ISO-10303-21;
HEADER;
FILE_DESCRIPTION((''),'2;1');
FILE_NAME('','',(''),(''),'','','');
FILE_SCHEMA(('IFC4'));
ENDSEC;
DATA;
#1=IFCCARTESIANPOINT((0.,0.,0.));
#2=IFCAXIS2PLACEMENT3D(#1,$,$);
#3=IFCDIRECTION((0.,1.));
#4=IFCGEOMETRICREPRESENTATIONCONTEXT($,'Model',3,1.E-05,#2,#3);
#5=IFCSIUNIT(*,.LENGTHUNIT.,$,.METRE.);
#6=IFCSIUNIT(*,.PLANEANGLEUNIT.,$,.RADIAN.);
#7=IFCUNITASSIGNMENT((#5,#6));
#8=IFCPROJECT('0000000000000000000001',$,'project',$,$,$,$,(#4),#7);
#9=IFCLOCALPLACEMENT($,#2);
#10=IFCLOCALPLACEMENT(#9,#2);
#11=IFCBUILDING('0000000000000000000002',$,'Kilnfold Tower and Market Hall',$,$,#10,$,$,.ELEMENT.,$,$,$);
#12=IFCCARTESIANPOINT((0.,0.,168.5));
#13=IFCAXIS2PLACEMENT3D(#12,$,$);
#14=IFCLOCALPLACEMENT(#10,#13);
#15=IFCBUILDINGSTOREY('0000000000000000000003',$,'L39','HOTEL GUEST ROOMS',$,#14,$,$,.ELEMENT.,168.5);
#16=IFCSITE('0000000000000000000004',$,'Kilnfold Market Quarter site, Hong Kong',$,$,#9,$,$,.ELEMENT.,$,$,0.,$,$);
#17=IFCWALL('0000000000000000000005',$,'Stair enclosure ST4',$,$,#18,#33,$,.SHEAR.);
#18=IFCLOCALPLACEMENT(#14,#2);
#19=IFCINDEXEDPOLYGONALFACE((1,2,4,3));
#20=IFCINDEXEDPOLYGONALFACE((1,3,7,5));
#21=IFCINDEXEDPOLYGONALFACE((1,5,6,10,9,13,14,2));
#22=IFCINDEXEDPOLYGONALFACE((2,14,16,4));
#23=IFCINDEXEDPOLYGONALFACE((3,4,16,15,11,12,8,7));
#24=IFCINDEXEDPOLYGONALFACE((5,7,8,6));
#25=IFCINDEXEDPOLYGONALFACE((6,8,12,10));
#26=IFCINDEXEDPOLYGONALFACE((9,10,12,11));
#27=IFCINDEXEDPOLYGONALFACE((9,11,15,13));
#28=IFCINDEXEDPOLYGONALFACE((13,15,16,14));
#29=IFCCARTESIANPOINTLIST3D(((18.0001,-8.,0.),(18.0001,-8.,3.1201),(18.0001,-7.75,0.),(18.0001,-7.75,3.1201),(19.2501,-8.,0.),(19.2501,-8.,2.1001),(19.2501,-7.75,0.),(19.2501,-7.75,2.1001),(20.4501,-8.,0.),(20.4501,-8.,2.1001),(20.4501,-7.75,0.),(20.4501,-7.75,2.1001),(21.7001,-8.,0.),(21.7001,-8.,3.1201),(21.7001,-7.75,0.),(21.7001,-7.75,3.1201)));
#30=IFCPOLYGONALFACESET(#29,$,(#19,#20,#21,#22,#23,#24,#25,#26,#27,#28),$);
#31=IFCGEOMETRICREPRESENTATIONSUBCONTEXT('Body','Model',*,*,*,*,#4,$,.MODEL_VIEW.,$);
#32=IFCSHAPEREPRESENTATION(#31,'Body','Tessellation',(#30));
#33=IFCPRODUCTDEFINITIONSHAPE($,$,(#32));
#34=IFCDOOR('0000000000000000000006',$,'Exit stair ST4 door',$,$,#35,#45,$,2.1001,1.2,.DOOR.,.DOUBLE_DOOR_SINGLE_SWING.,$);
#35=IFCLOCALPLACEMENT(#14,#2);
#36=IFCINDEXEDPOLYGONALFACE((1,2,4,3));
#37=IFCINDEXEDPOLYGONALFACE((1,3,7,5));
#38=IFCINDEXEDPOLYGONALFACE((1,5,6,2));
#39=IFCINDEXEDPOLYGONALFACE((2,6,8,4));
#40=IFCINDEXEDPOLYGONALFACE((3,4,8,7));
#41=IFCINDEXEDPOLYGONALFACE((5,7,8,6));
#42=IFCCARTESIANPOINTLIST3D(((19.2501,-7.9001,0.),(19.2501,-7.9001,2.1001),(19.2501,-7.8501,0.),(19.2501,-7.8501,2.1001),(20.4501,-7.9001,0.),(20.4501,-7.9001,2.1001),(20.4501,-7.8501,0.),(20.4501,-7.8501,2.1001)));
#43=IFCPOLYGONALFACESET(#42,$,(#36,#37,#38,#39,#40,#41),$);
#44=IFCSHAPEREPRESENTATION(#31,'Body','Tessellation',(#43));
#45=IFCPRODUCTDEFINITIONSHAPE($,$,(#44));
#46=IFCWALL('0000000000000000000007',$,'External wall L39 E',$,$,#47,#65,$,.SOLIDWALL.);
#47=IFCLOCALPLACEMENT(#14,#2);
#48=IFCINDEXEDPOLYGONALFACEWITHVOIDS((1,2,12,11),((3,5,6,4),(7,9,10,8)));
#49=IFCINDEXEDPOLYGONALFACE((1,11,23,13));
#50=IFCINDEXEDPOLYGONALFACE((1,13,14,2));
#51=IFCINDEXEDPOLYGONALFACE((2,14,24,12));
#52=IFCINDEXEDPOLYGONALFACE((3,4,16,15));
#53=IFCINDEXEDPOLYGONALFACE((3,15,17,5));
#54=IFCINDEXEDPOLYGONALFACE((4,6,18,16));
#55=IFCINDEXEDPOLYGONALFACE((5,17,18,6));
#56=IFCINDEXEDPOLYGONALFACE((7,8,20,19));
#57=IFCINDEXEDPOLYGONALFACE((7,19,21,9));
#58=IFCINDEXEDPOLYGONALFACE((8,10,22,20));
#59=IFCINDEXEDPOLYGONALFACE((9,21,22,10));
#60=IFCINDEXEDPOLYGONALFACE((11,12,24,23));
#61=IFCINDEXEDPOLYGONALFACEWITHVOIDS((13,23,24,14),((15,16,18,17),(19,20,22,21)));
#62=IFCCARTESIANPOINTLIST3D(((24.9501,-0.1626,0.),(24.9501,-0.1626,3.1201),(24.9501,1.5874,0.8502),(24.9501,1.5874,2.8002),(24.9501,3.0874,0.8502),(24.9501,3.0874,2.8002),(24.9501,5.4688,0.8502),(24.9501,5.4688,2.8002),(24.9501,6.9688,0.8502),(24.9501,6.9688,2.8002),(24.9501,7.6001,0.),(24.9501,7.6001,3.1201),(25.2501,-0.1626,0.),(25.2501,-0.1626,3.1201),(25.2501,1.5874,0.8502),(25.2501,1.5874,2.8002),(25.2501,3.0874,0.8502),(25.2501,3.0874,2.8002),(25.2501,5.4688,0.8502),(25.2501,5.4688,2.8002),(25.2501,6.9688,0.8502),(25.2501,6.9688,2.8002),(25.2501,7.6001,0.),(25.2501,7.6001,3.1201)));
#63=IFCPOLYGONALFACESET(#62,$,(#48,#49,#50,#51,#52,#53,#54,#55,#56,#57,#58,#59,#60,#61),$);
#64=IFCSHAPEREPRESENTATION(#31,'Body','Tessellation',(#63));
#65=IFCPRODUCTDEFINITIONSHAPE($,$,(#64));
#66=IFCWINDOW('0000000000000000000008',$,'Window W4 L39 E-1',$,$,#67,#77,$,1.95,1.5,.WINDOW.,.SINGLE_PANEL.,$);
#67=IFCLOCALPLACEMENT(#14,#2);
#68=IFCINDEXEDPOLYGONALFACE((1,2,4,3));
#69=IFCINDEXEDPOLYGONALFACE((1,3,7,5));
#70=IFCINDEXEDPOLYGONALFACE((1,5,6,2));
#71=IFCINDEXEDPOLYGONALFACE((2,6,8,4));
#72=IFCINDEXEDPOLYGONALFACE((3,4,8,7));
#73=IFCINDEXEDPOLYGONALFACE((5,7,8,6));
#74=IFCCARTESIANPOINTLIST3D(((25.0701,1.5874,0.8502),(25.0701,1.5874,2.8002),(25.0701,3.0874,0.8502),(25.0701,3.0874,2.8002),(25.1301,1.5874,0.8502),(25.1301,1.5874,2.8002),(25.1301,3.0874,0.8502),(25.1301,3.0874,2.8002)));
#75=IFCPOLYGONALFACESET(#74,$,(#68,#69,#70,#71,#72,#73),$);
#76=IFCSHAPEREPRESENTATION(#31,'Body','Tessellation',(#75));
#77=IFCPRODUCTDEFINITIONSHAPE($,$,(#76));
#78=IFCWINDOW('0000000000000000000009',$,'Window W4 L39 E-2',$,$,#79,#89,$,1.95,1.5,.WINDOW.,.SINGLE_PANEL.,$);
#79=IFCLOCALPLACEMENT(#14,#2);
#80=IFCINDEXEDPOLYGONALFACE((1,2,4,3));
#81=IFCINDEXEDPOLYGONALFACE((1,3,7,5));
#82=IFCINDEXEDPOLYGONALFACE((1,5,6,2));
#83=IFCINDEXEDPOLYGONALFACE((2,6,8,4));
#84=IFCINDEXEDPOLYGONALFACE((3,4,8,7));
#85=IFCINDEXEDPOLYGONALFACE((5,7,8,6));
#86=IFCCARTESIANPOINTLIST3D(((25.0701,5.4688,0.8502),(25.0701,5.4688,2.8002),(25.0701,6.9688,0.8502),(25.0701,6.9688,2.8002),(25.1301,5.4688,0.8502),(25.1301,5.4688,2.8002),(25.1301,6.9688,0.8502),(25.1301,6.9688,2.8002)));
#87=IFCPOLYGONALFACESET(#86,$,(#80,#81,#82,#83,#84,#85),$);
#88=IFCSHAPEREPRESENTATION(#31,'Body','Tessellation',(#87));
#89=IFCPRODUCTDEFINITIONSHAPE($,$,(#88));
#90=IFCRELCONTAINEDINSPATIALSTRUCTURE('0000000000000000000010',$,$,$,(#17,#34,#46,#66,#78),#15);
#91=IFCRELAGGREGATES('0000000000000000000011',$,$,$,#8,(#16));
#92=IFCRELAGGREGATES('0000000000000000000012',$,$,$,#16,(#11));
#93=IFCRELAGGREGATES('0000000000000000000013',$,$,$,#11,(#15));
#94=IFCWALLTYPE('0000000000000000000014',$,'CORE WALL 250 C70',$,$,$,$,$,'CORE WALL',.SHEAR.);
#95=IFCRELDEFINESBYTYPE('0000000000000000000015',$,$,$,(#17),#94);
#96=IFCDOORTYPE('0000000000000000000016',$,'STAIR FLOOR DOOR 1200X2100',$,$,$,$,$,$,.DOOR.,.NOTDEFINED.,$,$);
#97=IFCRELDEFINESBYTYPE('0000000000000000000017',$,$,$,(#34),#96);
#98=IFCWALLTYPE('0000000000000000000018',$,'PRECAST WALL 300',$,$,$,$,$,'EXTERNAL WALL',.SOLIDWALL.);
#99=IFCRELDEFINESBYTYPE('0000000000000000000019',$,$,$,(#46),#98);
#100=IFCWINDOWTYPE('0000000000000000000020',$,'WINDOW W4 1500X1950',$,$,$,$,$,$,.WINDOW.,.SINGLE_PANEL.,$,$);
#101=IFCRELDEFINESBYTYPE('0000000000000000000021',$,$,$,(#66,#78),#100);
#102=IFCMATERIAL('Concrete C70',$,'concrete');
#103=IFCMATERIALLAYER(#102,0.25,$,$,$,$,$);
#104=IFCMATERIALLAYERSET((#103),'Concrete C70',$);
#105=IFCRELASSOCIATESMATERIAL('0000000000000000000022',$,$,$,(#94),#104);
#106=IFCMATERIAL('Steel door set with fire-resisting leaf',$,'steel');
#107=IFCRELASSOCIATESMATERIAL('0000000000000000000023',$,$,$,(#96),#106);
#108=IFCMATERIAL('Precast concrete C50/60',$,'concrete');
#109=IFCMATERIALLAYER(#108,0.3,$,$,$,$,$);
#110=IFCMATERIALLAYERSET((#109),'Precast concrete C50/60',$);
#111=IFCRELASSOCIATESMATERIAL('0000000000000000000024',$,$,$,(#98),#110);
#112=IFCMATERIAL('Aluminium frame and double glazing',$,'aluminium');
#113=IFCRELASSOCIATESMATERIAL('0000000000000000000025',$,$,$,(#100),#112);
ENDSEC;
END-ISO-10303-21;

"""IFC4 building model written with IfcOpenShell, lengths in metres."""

from ifc_helpers import new_model, si_unit, direction, frame, frame_2d, origin, place, context, subcontext, project, spatial, rectangle, extrude, source, transform, mapped, material, layer, layer_set, type_object, element, fill, save


model = new_model("IFC4")

# Units and contexts
model_context = context("Model", 3, precision=1e-05, world=origin(), true_north=direction((0.0, 1.0)))
body_context = subcontext(model_context, "Body", "Model", "MODEL_VIEW")
ifc_project = project(units=[si_unit("LENGTHUNIT", "METRE"), si_unit("PLANEANGLEUNIT", "RADIAN")], contexts=[model_context])

# Site, building, storey
site_placement = place(None, origin())
site = spatial("IfcSite", under=ifc_project, at=site_placement, Name="Kilnfold Market Quarter site, Hong Kong", CompositionType="ELEMENT", RefElevation=0.0)
building_placement = place(site_placement, origin())
building = spatial("IfcBuilding", under=site, at=building_placement, Name="Kilnfold Tower and Market Hall", CompositionType="ELEMENT")
storey_placement = place(building_placement, frame((0.0, 0.0, 168.5)))
storey = spatial("IfcBuildingStorey", under=building, at=storey_placement, Name="L39", Description="HOTEL GUEST ROOMS", CompositionType="ELEMENT", Elevation=168.5)

# Wall, opening, door
ifc_material_1 = material(Name="Concrete C70", Category="concrete")
ifc_layer_1 = layer(ifc_material_1, 0.25)
ifc_layer_set_1 = layer_set([ifc_layer_1], Name="Concrete C70")
wall_type_1 = type_object("IfcWallType", Name="CORE WALL 250 C70", ElementType="CORE WALL", PredefinedType="SHEAR", material=ifc_layer_set_1)
shared_shape_1 = source(origin(), body_context, "Body", "SweptSolid", [
    extrude(rectangle(XDim=3.7, YDim=0.25, at=frame_2d((1.8501, 0.0))), origin(), (0.0, 0.0, 1.0), 3.1201),
])
wall_1_placement = place(storey_placement, frame((18.0, -7.875, 0.0), z_axis=(0.0, 0.0, 1.0), x_axis=(1.0, 0.0, 0.0)))
wall_1 = element("IfcWall", 1, at=wall_1_placement, inside=storey, type_object=wall_type_1, Name="Stair enclosure ST4", PredefinedType="SHEAR", context=body_context, shape_type="MappedRepresentation", body=[
    mapped(shared_shape_1, transform((0.0, 0.0, 0.0))),
])
opening_1_placement = place(wall_1_placement, frame((1.25, 0.0, 0.0)))
opening_1 = element("IfcOpeningElement", 2, at=opening_1_placement, cuts=wall_1, PredefinedType="OPENING", context=body_context, shape_type="SweptSolid", body=[
    extrude(rectangle(XDim=1.2, YDim=2.1001, at=frame_2d((0.6001, 1.05))), frame((0.0, 0.135, 0.0), z_axis=(0.0, -1.0, 0.0), x_axis=(1.0, 0.0, 0.0)), (0.0, 0.0, 1.0), 0.27),
])
ifc_material_2 = material(Name="Steel door set with fire-resisting leaf", Category="steel")
door_type_1 = type_object("IfcDoorType", Name="STAIR FLOOR DOOR 1200X2100", OperationType="NOTDEFINED", PredefinedType="DOOR", material=ifc_material_2)
door_1_placement = place(opening_1_placement, origin())
door_1 = element("IfcDoor", 3, at=door_1_placement, inside=storey, type_object=door_type_1, Name="Exit stair ST4 door", OperationType="DOUBLE_DOOR_SINGLE_SWING", OverallHeight=2.1001, OverallWidth=1.2, PredefinedType="DOOR", context=body_context, shape_type="SweptSolid", body=[
    extrude(rectangle(XDim=1.2, YDim=2.1001, at=frame_2d((0.6001, 1.05))), frame((0.0, 0.0249, 0.0), z_axis=(0.0, -1.0, 0.0), x_axis=(1.0, 0.0, 0.0)), (0.0, 0.0, 1.0), 0.05),
])
fill(opening_1, door_1)

# Wall, openings, windows
ifc_material_3 = material(Name="Precast concrete C50/60", Category="concrete")
ifc_layer_2 = layer(ifc_material_3, 0.3)
ifc_layer_set_2 = layer_set([ifc_layer_2], Name="Precast concrete C50/60")
wall_type_2 = type_object("IfcWallType", Name="PRECAST WALL 300", ElementType="EXTERNAL WALL", PredefinedType="SOLIDWALL", material=ifc_layer_set_2)
shared_shape_2 = source(origin(), body_context, "Body", "SweptSolid", [
    extrude(rectangle(XDim=7.7627, YDim=0.3, at=frame_2d((3.8813, 0.0))), origin(), (0.0, 0.0, 1.0), 3.1201),
])
wall_2_placement = place(storey_placement, frame((25.1001, -0.1626, 0.0), z_axis=(0.0, 0.0, 1.0), x_axis=(0.0, 1.0, 0.0)))
wall_2 = element("IfcWall", 4, at=wall_2_placement, inside=storey, type_object=wall_type_2, Name="External wall L39 E", PredefinedType="SOLIDWALL", context=body_context, shape_type="MappedRepresentation", body=[
    mapped(shared_shape_2, transform((0.0, 0.0, 0.0))),
])
opening_2_placement = place(wall_2_placement, frame((1.75, 0.0, 0.8501)))
opening_2 = element("IfcOpeningElement", 5, at=opening_2_placement, cuts=wall_2, PredefinedType="OPENING", context=body_context, shape_type="SweptSolid", body=[
    extrude(rectangle(XDim=1.5, YDim=1.95, at=frame_2d((0.75, 0.9751))), frame((0.0, 0.1602, 0.0), z_axis=(0.0, -1.0, 0.0), x_axis=(1.0, 0.0, 0.0)), (0.0, 0.0, 1.0), 0.3201),
])
opening_3_placement = place(wall_2_placement, frame((5.6313, 0.0, 0.8501)))
opening_3 = element("IfcOpeningElement", 6, at=opening_3_placement, cuts=wall_2, PredefinedType="OPENING", context=body_context, shape_type="SweptSolid", body=[
    extrude(rectangle(XDim=1.5, YDim=1.95, at=frame_2d((0.75, 0.9751))), frame((0.0, 0.1602, 0.0), z_axis=(0.0, -1.0, 0.0), x_axis=(1.0, 0.0, 0.0)), (0.0, 0.0, 1.0), 0.3201),
])
ifc_material_4 = material(Name="Aluminium frame and double glazing", Category="aluminium")
window_type = type_object("IfcWindowType", Name="WINDOW W4 1500X1950", PartitioningType="SINGLE_PANEL", PredefinedType="WINDOW", material=ifc_material_4)
window_1_placement = place(opening_2_placement, origin())
window_1 = element("IfcWindow", 7, at=window_1_placement, inside=storey, type_object=window_type, Name="Window W4 L39 E-1", OverallHeight=1.95, OverallWidth=1.5, PartitioningType="SINGLE_PANEL", PredefinedType="WINDOW", context=body_context, shape_type="SweptSolid", body=[
    extrude(rectangle(XDim=1.5, YDim=1.95, at=frame_2d((0.75, 0.9751))), frame((0.0, 0.03, 0.0), z_axis=(0.0, -1.0, 0.0), x_axis=(1.0, 0.0, 0.0)), (0.0, 0.0, 1.0), 0.0601),
])
fill(opening_2, window_1)
window_2_placement = place(opening_3_placement, origin())
window_2 = element("IfcWindow", 8, at=window_2_placement, inside=storey, type_object=window_type, Name="Window W4 L39 E-2", OverallHeight=1.95, OverallWidth=1.5, PartitioningType="SINGLE_PANEL", PredefinedType="WINDOW", context=body_context, shape_type="SweptSolid", body=[
    extrude(rectangle(XDim=1.5, YDim=1.95, at=frame_2d((0.75, 0.9751))), frame((0.0, 0.03, 0.0), z_axis=(0.0, -1.0, 0.0), x_axis=(1.0, 0.0, 0.0)), (0.0, 0.0, 1.0), 0.0601),
])
fill(opening_3, window_2)

save(model, "model.ifc")
